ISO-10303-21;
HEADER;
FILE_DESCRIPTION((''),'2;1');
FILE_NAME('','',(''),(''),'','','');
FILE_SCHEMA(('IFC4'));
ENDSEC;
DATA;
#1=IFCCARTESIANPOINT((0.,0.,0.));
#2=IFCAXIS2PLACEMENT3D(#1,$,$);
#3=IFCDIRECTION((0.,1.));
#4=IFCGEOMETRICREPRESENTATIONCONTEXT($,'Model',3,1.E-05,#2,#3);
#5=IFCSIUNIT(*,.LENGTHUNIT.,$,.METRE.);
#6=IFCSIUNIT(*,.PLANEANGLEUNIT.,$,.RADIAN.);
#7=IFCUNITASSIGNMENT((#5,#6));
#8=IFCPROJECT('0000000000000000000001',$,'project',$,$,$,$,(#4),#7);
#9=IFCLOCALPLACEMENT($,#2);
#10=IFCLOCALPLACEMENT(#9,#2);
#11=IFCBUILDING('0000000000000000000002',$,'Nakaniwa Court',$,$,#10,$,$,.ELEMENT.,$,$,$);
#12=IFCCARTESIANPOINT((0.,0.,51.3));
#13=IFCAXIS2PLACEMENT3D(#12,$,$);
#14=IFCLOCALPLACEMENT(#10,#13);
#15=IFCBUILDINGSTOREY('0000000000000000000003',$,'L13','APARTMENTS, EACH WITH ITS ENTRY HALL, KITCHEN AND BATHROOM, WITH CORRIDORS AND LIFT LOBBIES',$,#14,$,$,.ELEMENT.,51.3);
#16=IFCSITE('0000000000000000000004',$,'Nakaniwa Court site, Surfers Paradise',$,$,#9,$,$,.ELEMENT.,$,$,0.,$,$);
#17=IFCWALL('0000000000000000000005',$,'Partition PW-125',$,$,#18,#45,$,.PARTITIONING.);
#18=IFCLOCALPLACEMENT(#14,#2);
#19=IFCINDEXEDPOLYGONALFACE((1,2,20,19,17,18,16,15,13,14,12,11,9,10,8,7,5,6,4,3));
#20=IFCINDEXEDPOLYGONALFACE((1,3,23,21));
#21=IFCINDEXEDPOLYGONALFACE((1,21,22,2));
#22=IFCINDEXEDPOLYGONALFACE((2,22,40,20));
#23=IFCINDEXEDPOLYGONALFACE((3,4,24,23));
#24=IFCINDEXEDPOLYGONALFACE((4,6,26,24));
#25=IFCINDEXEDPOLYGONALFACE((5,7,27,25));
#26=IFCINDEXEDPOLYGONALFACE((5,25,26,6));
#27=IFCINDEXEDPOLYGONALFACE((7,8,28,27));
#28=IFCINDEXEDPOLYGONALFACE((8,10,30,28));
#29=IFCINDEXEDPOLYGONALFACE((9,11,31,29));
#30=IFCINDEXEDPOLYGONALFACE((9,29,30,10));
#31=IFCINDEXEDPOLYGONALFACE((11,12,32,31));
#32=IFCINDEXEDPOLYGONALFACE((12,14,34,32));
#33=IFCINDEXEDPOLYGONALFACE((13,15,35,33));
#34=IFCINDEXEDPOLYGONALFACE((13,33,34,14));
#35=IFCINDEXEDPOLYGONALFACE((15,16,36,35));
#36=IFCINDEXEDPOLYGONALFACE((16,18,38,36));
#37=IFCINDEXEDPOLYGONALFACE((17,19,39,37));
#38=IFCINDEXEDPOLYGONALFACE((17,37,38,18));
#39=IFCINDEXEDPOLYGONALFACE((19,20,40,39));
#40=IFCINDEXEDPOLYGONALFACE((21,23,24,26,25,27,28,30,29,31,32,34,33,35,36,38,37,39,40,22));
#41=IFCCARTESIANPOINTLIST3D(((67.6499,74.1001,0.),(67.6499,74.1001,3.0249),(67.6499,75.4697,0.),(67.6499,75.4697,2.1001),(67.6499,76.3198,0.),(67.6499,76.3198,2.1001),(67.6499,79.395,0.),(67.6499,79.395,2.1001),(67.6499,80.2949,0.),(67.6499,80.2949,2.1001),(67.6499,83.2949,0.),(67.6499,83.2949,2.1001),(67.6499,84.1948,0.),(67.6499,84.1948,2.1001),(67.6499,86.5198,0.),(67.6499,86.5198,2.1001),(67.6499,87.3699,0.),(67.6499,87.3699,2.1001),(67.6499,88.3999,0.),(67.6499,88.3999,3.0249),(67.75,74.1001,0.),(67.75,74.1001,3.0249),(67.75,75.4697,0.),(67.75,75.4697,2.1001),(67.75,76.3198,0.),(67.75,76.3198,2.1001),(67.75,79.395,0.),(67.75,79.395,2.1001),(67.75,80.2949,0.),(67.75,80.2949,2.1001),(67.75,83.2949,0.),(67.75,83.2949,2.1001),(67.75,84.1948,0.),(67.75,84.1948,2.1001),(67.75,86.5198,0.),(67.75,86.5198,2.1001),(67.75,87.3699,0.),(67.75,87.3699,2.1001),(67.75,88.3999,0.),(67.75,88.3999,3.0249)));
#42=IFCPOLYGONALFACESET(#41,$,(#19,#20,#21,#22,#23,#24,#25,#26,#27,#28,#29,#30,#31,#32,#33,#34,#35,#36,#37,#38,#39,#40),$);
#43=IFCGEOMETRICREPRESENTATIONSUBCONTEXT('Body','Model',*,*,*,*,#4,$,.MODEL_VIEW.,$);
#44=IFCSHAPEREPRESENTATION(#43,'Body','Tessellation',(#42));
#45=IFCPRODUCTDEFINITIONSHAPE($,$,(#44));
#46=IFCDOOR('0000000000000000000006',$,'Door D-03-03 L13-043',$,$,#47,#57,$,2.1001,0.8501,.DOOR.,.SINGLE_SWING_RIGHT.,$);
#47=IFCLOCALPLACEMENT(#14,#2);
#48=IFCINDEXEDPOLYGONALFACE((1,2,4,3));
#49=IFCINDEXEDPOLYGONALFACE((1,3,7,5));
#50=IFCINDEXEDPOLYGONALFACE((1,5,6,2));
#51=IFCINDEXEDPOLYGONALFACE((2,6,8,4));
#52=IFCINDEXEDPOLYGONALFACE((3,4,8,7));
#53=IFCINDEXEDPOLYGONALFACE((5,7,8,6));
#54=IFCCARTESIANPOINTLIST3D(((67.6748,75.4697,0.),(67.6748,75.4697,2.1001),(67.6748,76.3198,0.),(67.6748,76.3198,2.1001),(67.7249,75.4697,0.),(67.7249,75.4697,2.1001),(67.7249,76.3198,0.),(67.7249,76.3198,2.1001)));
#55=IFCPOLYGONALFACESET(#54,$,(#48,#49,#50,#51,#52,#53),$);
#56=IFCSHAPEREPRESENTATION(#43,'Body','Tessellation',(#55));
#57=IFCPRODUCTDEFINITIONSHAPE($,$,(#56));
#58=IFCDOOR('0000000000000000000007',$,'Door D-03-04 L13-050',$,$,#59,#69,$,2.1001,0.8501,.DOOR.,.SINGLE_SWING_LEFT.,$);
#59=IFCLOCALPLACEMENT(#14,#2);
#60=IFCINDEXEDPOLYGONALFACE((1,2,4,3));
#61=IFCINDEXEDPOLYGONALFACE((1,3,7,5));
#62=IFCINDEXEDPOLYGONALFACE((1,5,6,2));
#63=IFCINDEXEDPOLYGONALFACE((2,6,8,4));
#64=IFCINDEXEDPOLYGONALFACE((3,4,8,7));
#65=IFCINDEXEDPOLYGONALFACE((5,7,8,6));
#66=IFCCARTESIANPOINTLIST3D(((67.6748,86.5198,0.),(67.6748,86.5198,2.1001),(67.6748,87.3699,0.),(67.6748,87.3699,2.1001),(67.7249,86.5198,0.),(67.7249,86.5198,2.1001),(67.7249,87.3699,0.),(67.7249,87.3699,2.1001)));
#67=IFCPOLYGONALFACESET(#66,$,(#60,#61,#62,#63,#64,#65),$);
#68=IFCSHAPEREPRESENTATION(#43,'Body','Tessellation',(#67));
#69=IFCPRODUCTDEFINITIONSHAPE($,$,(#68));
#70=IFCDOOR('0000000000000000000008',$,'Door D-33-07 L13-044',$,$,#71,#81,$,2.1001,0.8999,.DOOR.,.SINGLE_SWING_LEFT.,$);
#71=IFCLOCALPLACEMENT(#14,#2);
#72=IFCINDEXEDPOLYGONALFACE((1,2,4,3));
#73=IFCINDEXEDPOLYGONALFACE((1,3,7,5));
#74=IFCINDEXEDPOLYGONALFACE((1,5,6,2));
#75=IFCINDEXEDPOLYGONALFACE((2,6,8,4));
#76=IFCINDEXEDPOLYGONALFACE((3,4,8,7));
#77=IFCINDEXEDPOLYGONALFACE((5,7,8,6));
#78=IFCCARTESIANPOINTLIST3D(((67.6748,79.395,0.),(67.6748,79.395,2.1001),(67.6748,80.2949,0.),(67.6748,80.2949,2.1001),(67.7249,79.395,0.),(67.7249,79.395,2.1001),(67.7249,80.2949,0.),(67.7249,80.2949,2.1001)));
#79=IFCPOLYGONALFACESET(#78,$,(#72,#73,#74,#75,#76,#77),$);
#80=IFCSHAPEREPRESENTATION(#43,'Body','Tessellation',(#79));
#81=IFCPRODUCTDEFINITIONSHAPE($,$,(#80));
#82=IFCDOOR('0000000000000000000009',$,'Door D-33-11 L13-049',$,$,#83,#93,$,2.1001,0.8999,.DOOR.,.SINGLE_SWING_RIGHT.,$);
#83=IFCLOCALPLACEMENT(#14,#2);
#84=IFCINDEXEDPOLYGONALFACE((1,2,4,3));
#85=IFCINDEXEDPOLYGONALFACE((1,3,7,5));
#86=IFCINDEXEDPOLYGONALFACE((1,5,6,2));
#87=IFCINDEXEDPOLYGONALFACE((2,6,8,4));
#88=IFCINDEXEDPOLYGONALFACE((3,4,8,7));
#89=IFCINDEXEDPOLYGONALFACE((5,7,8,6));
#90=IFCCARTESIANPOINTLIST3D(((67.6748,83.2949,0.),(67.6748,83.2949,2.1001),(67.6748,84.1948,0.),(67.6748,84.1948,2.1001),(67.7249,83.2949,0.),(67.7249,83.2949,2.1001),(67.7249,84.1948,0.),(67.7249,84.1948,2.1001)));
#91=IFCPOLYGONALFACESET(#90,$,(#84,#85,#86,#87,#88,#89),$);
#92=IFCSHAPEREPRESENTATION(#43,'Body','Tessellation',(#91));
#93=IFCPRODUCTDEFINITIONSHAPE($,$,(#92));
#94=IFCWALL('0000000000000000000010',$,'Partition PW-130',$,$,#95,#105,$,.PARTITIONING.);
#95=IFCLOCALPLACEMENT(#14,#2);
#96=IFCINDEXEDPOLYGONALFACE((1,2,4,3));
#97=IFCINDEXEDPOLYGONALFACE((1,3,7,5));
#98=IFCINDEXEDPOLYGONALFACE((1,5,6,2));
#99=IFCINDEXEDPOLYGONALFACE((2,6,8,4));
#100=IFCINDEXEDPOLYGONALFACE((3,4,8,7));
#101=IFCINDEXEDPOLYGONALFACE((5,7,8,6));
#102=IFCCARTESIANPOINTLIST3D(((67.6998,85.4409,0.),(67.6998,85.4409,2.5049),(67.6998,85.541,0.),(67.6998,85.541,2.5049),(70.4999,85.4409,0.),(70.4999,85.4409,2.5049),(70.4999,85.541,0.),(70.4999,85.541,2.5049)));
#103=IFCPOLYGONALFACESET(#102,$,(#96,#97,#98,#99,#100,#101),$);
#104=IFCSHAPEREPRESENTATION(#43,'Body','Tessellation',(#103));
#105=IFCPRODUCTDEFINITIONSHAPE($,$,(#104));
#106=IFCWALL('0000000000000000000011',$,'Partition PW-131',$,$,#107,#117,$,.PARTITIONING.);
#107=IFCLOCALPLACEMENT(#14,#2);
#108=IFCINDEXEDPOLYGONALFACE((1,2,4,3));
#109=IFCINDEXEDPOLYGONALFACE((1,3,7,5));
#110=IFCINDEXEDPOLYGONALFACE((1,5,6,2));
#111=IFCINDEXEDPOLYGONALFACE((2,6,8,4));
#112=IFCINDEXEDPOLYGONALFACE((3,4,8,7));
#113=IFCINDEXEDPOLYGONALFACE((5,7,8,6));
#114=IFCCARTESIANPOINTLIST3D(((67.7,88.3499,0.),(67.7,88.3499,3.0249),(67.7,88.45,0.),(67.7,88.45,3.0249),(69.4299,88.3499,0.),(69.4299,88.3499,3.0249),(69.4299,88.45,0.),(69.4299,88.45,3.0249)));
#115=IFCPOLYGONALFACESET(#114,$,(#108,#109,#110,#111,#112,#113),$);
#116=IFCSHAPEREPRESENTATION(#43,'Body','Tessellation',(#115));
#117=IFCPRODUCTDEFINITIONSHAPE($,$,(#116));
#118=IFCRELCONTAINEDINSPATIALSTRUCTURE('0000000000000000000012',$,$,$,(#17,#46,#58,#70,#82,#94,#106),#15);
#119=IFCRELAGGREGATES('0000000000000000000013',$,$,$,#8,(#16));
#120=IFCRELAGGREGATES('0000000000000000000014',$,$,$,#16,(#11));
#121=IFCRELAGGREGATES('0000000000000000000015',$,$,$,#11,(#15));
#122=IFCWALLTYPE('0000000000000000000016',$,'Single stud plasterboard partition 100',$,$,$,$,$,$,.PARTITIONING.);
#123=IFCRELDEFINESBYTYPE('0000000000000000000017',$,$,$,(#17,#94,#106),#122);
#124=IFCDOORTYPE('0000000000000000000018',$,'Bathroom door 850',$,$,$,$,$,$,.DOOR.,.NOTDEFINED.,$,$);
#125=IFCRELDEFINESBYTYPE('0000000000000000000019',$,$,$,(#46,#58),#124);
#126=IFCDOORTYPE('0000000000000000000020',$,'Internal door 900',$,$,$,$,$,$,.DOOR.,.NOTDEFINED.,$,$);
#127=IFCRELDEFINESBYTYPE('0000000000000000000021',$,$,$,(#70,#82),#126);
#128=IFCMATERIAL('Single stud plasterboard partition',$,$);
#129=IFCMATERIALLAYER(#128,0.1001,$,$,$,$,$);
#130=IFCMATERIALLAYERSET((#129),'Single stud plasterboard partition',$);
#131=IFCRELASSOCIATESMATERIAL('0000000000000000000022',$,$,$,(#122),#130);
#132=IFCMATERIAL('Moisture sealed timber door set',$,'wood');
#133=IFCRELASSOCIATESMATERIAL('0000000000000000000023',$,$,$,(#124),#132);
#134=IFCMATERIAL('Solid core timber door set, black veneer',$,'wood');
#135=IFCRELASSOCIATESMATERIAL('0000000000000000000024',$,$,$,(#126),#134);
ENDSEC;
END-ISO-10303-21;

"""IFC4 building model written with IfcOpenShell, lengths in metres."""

from ifc_helpers import new_model, si_unit, direction, frame, frame_2d, origin, place, context, subcontext, project, spatial, rectangle, extrude, material, layer, layer_set, type_object, element, fill, save


model = new_model("IFC4")

# Units and contexts
model_context = context("Model", 3, precision=1e-05, world=origin(), true_north=direction((0.0, 1.0)))
body_context = subcontext(model_context, "Body", "Model", "MODEL_VIEW")
ifc_project = project(units=[si_unit("LENGTHUNIT", "METRE"), si_unit("PLANEANGLEUNIT", "RADIAN")], contexts=[model_context])

# Site, building, storey
site_placement = place(None, origin())
site = spatial("IfcSite", under=ifc_project, at=site_placement, Name="Nakaniwa Court site, Surfers Paradise", CompositionType="ELEMENT", RefElevation=0.0)
building_placement = place(site_placement, origin())
building = spatial("IfcBuilding", under=site, at=building_placement, Name="Nakaniwa Court", CompositionType="ELEMENT")
storey_placement = place(building_placement, frame((0.0, 0.0, 51.3)))
storey = spatial("IfcBuildingStorey", under=building, at=storey_placement, Name="L13", Description="APARTMENTS, EACH WITH ITS ENTRY HALL, KITCHEN AND BATHROOM, WITH CORRIDORS AND LIFT LOBBIES", CompositionType="ELEMENT", Elevation=51.3)

# Wall, openings, doors
ifc_material_1 = material(Name="Single stud plasterboard partition")
ifc_layer_1 = layer(ifc_material_1, 0.1001)
ifc_layer_set_1 = layer_set([ifc_layer_1], Name="Single stud plasterboard partition")
wall_type_1 = type_object("IfcWallType", Name="Single stud plasterboard partition 100", PredefinedType="PARTITIONING", material=ifc_layer_set_1)
wall_1_placement = place(storey_placement, frame((67.7, 88.3999, 0.0), z_axis=(0.0, 0.0, 1.0), x_axis=(0.0, -1.0, 0.0)))
wall_1 = element("IfcWall", 1, at=wall_1_placement, inside=storey, type_object=wall_type_1, Name="Partition PW-125", PredefinedType="PARTITIONING", context=body_context, shape_type="SweptSolid", body=[
    extrude(rectangle(XDim=14.2998, YDim=0.1001, at=frame_2d((7.1499, 0.0))), origin(), (0.0, 0.0, 1.0), 3.0249),
])
opening_1_placement = place(wall_1_placement, frame((12.0801, 0.0, 0.0)))
opening_1 = element("IfcOpeningElement", 2, at=opening_1_placement, cuts=wall_1, PredefinedType="OPENING", context=body_context, shape_type="SweptSolid", body=[
    extrude(rectangle(XDim=0.8501, YDim=2.1001, at=frame_2d((0.425, 1.05))), frame((0.0, 0.0601, 0.0), z_axis=(0.0, -1.0, 0.0), x_axis=(1.0, 0.0, 0.0)), (0.0, 0.0, 1.0), 0.1201),
])
opening_2_placement = place(wall_1_placement, frame((8.105, 0.0, 0.0)))
opening_2 = element("IfcOpeningElement", 3, at=opening_2_placement, cuts=wall_1, PredefinedType="OPENING", context=body_context, shape_type="SweptSolid", body=[
    extrude(rectangle(XDim=0.8999, YDim=2.1001, at=frame_2d((0.45, 1.05))), frame((0.0, 0.0601, 0.0), z_axis=(0.0, -1.0, 0.0), x_axis=(1.0, 0.0, 0.0)), (0.0, 0.0, 1.0), 0.1201),
])
opening_3_placement = place(wall_1_placement, frame((4.2051, 0.0, 0.0)))
opening_3 = element("IfcOpeningElement", 4, at=opening_3_placement, cuts=wall_1, PredefinedType="OPENING", context=body_context, shape_type="SweptSolid", body=[
    extrude(rectangle(XDim=0.8999, YDim=2.1001, at=frame_2d((0.45, 1.05))), frame((0.0, 0.0601, 0.0), z_axis=(0.0, -1.0, 0.0), x_axis=(1.0, 0.0, 0.0)), (0.0, 0.0, 1.0), 0.1201),
])
opening_4_placement = place(wall_1_placement, frame((1.03, 0.0, 0.0)))
opening_4 = element("IfcOpeningElement", 5, at=opening_4_placement, cuts=wall_1, PredefinedType="OPENING", context=body_context, shape_type="SweptSolid", body=[
    extrude(rectangle(XDim=0.8501, YDim=2.1001, at=frame_2d((0.425, 1.05))), frame((0.0, 0.0601, 0.0), z_axis=(0.0, -1.0, 0.0), x_axis=(1.0, 0.0, 0.0)), (0.0, 0.0, 1.0), 0.1201),
])
ifc_material_2 = material(Name="Moisture sealed timber door set", Category="wood")
door_type_1 = type_object("IfcDoorType", Name="Bathroom door 850", OperationType="NOTDEFINED", PredefinedType="DOOR", material=ifc_material_2)
door_1_placement = place(opening_1_placement, origin())
door_1 = element("IfcDoor", 6, at=door_1_placement, inside=storey, type_object=door_type_1, Name="Door D-03-03 L13-043", OperationType="SINGLE_SWING_RIGHT", OverallHeight=2.1001, OverallWidth=0.8501, PredefinedType="DOOR", context=body_context, shape_type="SweptSolid", body=[
    extrude(rectangle(XDim=0.8501, YDim=2.1001, at=frame_2d((0.425, 1.05))), frame((0.0, 0.0249, 0.0), z_axis=(0.0, -1.0, 0.0), x_axis=(1.0, 0.0, 0.0)), (0.0, 0.0, 1.0), 0.05),
])
fill(opening_1, door_1)
door_2_placement = place(opening_4_placement, origin())
door_2 = element("IfcDoor", 7, at=door_2_placement, inside=storey, type_object=door_type_1, Name="Door D-03-04 L13-050", OperationType="SINGLE_SWING_LEFT", OverallHeight=2.1001, OverallWidth=0.8501, PredefinedType="DOOR", context=body_context, shape_type="SweptSolid", body=[
    extrude(rectangle(XDim=0.8501, YDim=2.1001, at=frame_2d((0.425, 1.05))), frame((0.0, 0.0249, 0.0), z_axis=(0.0, -1.0, 0.0), x_axis=(1.0, 0.0, 0.0)), (0.0, 0.0, 1.0), 0.05),
])
fill(opening_4, door_2)
ifc_material_3 = material(Name="Solid core timber door set, black veneer", Category="wood")
door_type_2 = type_object("IfcDoorType", Name="Internal door 900", OperationType="NOTDEFINED", PredefinedType="DOOR", material=ifc_material_3)
door_3_placement = place(opening_2_placement, origin())
door_3 = element("IfcDoor", 8, at=door_3_placement, inside=storey, type_object=door_type_2, Name="Door D-33-07 L13-044", OperationType="SINGLE_SWING_LEFT", OverallHeight=2.1001, OverallWidth=0.8999, PredefinedType="DOOR", context=body_context, shape_type="SweptSolid", body=[
    extrude(rectangle(XDim=0.8999, YDim=2.1001, at=frame_2d((0.45, 1.05))), frame((0.0, 0.0249, 0.0), z_axis=(0.0, -1.0, 0.0), x_axis=(1.0, 0.0, 0.0)), (0.0, 0.0, 1.0), 0.05),
])
fill(opening_2, door_3)
door_4_placement = place(opening_3_placement, origin())
door_4 = element("IfcDoor", 9, at=door_4_placement, inside=storey, type_object=door_type_2, Name="Door D-33-11 L13-049", OperationType="SINGLE_SWING_RIGHT", OverallHeight=2.1001, OverallWidth=0.8999, PredefinedType="DOOR", context=body_context, shape_type="SweptSolid", body=[
    extrude(rectangle(XDim=0.8999, YDim=2.1001, at=frame_2d((0.45, 1.05))), frame((0.0, 0.0249, 0.0), z_axis=(0.0, -1.0, 0.0), x_axis=(1.0, 0.0, 0.0)), (0.0, 0.0, 1.0), 0.05),
])
fill(opening_3, door_4)

# Walls
wall_2_placement = place(storey_placement, frame((67.7, 85.491, 0.0), z_axis=(0.0, 0.0, 1.0), x_axis=(1.0, 0.0, 0.0)))
element("IfcWall", 10, at=wall_2_placement, inside=storey, type_object=wall_type_1, Name="Partition PW-130", PredefinedType="PARTITIONING", context=body_context, shape_type="SweptSolid", body=[
    extrude(rectangle(XDim=2.8, YDim=0.1001, at=frame_2d((1.3999, 0.0))), origin(), (0.0, 0.0, 1.0), 2.5049),
])
wall_3_placement = place(storey_placement, frame((67.7, 88.3999, 0.0), z_axis=(0.0, 0.0, 1.0), x_axis=(1.0, 0.0, 0.0)))
element("IfcWall", 11, at=wall_3_placement, inside=storey, type_object=wall_type_1, Name="Partition PW-131", PredefinedType="PARTITIONING", context=body_context, shape_type="SweptSolid", body=[
    extrude(rectangle(XDim=1.73, YDim=0.1001, at=frame_2d((0.865, 0.0))), origin(), (0.0, 0.0, 1.0), 3.0249),
])

save(model, "model.ifc")
